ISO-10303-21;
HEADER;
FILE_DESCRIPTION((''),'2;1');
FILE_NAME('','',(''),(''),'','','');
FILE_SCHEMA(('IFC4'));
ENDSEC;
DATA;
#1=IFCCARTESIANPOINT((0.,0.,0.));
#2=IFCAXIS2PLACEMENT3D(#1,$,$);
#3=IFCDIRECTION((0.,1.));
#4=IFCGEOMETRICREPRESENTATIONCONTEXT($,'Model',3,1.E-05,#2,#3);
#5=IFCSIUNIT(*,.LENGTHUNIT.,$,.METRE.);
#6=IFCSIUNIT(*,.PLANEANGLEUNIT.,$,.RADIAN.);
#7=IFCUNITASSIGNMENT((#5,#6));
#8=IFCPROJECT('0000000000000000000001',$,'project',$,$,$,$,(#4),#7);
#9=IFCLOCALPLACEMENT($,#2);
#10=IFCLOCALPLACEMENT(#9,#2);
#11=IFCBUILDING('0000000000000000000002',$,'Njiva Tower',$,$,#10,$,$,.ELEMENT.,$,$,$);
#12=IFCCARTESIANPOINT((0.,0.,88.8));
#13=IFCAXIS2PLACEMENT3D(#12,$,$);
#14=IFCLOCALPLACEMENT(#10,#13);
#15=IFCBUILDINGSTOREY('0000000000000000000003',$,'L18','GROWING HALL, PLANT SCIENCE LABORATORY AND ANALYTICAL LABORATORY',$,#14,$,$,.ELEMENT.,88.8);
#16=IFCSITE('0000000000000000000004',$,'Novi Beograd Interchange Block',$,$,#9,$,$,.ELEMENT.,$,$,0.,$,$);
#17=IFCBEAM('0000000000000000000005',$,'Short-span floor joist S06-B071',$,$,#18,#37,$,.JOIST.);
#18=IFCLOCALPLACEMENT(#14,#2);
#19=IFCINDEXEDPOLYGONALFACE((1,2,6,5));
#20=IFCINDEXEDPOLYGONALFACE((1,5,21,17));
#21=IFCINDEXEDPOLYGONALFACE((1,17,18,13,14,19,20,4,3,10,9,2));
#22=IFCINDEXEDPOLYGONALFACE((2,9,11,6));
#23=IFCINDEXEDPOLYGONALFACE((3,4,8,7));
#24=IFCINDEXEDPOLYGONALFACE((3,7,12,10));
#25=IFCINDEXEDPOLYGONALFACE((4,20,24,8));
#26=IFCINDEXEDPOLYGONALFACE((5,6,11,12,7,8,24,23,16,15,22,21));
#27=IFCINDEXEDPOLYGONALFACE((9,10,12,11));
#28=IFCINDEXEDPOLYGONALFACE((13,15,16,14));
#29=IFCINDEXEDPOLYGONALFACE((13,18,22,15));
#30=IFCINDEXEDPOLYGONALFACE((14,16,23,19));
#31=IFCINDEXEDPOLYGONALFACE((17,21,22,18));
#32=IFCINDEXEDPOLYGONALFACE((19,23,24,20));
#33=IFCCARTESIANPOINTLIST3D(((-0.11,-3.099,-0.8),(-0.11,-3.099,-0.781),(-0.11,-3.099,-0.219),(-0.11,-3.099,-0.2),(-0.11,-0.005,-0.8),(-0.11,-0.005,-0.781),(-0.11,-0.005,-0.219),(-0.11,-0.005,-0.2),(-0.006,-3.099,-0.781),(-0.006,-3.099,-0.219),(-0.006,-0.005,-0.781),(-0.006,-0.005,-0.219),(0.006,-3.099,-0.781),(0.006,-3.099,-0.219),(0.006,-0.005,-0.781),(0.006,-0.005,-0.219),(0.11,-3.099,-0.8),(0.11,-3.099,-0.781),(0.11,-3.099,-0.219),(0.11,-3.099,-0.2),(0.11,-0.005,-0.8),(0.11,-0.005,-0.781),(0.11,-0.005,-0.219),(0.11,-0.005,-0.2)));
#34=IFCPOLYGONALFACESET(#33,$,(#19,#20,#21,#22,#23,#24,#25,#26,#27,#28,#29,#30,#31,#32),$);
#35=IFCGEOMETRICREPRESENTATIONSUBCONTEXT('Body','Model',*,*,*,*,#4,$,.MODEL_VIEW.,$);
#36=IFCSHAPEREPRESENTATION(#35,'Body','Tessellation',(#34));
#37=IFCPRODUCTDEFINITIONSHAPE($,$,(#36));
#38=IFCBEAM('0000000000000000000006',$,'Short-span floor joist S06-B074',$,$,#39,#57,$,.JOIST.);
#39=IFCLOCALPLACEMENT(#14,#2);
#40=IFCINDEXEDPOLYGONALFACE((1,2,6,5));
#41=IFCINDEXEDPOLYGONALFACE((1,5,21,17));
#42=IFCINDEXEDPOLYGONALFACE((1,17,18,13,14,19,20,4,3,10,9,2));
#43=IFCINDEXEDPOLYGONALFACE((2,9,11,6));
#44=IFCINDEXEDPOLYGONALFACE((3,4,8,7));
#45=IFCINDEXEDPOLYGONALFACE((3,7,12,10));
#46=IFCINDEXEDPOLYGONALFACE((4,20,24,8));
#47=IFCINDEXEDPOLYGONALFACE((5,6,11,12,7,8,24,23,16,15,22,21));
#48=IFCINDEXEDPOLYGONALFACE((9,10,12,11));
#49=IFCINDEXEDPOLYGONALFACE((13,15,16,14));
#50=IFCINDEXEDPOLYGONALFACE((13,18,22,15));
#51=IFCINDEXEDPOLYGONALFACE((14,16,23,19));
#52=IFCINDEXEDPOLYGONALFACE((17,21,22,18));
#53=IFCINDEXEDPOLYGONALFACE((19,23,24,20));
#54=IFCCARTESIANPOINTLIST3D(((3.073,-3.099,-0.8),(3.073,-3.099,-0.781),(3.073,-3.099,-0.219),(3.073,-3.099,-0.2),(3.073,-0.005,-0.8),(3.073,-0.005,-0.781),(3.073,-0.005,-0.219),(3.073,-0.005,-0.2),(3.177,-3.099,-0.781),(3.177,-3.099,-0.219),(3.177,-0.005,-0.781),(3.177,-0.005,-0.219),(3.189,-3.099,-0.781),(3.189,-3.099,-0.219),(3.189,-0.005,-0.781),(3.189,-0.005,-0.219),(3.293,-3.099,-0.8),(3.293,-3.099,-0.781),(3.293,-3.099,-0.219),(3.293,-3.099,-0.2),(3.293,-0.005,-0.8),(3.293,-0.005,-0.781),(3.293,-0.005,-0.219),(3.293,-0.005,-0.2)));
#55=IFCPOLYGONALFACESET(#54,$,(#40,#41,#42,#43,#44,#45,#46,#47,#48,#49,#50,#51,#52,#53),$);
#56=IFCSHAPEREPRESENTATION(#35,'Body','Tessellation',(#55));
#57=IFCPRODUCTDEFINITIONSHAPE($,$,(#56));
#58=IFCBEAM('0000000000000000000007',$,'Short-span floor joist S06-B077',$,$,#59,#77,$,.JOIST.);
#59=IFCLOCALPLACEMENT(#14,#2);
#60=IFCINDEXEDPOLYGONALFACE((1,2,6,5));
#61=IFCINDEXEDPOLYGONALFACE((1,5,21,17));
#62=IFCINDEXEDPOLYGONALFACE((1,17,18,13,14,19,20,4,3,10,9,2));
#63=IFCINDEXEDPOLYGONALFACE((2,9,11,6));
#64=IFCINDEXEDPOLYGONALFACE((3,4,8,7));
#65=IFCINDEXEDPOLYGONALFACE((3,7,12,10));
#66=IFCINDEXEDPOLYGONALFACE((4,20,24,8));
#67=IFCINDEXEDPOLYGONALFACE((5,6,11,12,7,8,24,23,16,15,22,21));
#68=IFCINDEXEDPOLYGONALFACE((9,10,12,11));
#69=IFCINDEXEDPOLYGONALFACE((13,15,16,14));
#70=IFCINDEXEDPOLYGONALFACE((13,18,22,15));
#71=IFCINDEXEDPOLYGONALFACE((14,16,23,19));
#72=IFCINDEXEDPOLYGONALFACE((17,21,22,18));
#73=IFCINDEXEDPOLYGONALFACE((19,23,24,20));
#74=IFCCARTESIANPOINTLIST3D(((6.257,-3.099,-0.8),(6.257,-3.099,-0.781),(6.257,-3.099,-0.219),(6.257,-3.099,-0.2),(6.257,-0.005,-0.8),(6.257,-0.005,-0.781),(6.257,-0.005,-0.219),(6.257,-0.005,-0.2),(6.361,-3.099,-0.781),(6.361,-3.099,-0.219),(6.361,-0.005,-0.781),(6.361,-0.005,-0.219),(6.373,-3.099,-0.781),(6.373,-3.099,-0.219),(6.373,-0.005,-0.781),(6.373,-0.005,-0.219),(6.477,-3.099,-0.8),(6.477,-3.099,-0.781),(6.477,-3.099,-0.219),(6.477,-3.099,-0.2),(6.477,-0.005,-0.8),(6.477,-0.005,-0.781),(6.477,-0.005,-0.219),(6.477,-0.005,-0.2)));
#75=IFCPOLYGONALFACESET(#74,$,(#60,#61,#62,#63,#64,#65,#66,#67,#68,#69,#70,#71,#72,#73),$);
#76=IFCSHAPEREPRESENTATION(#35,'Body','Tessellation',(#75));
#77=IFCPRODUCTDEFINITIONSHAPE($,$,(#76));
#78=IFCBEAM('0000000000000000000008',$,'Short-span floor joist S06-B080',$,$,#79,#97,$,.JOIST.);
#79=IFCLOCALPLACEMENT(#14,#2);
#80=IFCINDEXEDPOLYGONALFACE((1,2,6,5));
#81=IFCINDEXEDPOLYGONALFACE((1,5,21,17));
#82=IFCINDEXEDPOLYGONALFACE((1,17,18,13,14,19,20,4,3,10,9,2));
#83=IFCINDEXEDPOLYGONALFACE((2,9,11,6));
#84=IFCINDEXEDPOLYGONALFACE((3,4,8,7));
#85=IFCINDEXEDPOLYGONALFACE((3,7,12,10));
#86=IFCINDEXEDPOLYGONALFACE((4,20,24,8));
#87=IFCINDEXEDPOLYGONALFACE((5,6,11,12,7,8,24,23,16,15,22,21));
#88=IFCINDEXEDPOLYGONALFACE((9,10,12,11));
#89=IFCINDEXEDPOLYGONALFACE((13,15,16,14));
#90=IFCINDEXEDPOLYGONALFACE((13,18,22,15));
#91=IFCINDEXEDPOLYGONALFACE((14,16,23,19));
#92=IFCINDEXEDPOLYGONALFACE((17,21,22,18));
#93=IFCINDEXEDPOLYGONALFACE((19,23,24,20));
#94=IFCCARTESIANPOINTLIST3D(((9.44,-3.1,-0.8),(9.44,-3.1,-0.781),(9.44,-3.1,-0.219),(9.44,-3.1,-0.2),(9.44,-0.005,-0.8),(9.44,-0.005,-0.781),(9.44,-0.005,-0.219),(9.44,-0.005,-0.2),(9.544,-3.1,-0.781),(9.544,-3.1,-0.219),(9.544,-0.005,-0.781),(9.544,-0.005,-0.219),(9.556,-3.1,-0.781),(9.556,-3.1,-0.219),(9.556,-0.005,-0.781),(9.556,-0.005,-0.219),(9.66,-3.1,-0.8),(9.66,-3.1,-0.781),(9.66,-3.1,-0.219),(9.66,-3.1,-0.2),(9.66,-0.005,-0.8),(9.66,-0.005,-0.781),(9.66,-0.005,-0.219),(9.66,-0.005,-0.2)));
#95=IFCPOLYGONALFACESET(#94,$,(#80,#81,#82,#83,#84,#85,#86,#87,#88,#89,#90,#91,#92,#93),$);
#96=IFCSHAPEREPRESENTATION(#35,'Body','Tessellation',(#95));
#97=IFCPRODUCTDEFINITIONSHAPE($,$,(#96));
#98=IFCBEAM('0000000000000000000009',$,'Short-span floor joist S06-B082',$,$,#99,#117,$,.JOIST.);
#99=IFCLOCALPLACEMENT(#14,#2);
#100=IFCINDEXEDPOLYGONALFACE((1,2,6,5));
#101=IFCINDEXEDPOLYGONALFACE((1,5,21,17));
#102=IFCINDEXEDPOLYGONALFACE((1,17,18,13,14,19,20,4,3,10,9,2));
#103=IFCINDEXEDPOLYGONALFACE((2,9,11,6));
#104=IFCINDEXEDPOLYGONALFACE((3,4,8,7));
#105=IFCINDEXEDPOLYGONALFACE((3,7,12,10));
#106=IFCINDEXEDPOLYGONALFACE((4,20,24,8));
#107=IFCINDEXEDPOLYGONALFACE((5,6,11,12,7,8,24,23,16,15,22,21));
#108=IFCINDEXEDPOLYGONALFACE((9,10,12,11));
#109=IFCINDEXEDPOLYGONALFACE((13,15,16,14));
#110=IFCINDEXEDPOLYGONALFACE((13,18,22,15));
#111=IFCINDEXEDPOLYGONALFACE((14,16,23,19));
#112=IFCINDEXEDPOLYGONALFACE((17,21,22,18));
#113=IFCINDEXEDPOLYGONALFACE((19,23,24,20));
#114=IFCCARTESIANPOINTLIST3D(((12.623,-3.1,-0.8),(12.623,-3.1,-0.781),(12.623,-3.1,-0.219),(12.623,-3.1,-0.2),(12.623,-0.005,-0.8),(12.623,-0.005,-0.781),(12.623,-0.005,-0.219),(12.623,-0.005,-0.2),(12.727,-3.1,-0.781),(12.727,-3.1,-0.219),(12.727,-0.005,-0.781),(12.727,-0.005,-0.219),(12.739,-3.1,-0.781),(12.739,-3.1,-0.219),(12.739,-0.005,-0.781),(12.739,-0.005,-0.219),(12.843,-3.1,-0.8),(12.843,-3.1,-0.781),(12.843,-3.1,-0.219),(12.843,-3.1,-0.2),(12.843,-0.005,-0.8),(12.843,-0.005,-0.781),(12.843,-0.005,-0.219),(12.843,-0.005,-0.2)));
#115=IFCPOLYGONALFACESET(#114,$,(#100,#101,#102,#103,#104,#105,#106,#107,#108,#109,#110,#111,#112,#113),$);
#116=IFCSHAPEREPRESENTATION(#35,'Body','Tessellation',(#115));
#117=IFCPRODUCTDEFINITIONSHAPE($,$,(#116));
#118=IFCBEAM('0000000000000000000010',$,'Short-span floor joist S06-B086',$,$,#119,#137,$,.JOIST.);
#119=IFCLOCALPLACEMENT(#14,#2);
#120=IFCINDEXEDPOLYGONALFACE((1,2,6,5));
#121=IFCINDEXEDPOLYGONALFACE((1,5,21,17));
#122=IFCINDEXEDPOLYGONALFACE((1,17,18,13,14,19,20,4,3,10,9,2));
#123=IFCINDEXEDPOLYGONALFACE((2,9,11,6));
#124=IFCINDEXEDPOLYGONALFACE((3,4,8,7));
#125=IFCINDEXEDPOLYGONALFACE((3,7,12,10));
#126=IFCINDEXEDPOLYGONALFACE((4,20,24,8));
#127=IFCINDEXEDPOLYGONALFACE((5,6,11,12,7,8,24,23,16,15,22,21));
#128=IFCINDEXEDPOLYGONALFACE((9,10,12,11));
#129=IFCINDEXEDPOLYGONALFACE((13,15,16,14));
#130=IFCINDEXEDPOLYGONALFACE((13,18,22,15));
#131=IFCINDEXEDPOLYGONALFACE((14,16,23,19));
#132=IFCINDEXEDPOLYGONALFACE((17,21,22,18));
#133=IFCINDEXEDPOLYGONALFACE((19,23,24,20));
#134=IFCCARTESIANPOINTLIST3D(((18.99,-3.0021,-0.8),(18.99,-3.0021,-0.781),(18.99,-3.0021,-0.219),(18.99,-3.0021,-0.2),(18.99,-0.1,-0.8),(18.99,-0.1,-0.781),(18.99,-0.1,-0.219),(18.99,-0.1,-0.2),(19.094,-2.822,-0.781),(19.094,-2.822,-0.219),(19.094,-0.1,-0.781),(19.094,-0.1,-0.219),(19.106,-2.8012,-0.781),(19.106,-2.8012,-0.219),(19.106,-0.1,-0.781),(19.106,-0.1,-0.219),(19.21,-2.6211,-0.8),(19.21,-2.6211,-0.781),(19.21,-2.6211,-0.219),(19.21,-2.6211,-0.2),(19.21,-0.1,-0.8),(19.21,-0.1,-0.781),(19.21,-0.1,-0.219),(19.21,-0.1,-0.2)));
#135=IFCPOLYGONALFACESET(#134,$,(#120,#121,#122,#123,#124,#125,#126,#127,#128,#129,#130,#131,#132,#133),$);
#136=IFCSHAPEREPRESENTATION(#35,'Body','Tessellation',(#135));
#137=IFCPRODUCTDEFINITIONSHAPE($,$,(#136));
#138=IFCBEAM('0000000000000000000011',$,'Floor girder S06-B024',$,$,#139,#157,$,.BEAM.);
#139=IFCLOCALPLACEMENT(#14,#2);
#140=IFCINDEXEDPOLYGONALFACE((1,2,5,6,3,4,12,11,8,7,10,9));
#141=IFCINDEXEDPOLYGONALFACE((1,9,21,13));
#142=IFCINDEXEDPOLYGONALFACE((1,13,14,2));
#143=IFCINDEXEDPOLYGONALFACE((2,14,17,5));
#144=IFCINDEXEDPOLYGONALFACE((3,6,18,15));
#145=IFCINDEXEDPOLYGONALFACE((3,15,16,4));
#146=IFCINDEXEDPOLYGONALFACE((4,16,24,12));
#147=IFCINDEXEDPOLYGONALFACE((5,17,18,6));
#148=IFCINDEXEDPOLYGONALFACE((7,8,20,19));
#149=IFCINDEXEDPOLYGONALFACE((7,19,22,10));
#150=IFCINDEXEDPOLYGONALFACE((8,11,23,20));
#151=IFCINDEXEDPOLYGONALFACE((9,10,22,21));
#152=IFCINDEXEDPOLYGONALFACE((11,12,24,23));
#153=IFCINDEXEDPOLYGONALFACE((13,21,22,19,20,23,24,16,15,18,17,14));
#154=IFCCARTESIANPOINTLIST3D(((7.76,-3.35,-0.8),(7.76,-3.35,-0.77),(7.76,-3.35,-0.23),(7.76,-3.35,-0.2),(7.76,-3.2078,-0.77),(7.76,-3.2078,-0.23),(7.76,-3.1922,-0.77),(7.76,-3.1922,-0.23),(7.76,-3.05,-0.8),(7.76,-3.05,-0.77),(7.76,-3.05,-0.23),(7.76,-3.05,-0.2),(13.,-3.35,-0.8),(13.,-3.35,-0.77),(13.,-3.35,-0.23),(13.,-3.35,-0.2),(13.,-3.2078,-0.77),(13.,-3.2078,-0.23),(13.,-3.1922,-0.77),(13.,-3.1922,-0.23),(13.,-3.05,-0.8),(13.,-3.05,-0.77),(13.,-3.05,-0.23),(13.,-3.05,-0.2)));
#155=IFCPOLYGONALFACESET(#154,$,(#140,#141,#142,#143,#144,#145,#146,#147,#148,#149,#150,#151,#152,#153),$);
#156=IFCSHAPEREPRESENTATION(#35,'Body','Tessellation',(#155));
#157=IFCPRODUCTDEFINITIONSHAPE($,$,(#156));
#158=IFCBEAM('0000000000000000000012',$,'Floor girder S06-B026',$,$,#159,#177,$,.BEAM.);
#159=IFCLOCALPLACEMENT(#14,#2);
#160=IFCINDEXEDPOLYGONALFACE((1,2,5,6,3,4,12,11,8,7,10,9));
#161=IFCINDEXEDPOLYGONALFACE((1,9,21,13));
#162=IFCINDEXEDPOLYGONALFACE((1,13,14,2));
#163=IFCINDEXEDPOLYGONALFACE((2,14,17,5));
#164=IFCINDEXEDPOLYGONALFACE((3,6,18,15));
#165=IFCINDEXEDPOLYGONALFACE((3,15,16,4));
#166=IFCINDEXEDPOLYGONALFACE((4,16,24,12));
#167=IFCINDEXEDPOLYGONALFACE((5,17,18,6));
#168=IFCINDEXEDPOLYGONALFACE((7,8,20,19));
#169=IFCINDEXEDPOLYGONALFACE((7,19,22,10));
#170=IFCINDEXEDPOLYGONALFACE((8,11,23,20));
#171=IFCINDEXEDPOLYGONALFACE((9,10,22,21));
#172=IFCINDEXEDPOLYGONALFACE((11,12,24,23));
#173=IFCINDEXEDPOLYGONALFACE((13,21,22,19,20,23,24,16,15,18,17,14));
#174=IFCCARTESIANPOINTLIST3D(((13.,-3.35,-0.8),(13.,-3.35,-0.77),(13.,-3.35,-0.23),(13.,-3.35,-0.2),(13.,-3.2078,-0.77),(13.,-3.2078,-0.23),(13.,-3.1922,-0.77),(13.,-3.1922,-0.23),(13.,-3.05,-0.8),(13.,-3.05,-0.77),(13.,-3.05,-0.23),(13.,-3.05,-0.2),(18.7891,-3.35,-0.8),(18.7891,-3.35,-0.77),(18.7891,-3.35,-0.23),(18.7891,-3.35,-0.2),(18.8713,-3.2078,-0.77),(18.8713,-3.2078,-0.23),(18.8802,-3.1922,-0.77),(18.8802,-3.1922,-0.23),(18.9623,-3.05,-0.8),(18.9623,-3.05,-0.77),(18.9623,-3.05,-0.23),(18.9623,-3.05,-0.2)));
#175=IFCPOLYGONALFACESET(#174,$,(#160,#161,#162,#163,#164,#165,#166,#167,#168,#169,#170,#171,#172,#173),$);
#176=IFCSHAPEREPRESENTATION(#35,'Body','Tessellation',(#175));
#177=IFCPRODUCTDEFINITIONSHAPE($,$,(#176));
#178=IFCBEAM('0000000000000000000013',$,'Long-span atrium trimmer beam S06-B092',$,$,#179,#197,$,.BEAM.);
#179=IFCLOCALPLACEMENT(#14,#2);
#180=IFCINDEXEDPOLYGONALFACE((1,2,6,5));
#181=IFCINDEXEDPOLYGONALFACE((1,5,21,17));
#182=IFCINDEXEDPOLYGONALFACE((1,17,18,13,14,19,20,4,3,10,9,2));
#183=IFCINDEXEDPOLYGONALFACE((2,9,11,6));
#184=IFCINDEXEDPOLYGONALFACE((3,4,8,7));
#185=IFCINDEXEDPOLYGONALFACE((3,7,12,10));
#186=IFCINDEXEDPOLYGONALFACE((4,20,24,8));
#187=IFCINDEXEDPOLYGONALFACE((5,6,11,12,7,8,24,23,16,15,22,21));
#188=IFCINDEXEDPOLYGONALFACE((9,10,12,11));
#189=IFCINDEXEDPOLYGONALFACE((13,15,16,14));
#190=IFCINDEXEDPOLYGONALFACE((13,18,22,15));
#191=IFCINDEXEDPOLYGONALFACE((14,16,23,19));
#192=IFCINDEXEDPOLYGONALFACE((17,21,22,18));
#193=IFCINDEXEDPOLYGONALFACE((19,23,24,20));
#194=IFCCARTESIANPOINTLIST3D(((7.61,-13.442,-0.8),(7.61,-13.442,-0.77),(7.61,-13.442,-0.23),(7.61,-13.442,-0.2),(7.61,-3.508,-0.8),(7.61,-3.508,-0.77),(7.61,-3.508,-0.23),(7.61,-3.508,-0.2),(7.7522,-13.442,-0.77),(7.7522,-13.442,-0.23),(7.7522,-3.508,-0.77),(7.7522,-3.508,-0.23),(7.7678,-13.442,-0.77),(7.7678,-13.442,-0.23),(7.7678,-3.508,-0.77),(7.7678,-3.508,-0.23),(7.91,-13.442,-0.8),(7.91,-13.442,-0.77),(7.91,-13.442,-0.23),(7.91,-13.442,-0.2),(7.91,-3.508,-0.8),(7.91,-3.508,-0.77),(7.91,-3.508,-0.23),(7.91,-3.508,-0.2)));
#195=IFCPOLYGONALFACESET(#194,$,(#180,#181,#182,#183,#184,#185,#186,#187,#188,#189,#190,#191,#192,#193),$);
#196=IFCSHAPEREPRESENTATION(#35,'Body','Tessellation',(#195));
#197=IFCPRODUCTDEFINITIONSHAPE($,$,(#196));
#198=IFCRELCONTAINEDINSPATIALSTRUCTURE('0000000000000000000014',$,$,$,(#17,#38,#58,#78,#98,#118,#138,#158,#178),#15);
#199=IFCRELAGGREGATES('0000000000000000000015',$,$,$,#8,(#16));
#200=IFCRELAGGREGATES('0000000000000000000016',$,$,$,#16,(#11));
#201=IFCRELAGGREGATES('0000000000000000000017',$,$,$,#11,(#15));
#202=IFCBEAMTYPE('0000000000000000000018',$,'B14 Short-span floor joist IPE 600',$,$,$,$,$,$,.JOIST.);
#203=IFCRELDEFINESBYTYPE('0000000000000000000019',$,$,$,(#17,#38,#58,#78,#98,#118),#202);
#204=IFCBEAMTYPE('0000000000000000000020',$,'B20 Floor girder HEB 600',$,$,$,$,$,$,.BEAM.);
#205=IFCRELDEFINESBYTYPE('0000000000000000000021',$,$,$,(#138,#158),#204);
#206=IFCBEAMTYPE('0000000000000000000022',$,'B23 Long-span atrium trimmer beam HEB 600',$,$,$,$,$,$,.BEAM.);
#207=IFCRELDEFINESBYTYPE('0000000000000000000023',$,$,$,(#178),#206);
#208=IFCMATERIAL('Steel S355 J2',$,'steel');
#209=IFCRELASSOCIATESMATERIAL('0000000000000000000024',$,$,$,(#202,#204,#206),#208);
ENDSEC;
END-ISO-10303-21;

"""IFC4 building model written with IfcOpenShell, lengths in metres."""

from ifc_helpers import new_model, si_unit, direction, frame, origin, origin_2d, place, context, subcontext, project, spatial, i_section, extrude, clip, halfspace, material, material_profile, profile_set, type_object, element, save


model = new_model("IFC4")

# Units and contexts
model_context = context("Model", 3, precision=1e-05, world=origin(), true_north=direction((0.0, 1.0)))
body_context = subcontext(model_context, "Body", "Model", "MODEL_VIEW")
ifc_project = project(units=[si_unit("LENGTHUNIT", "METRE"), si_unit("PLANEANGLEUNIT", "RADIAN")], contexts=[model_context])

# Site, building, storey
site_placement = place(None, origin())
site = spatial("IfcSite", under=ifc_project, at=site_placement, Name="Novi Beograd Interchange Block", CompositionType="ELEMENT", RefElevation=0.0)
building_placement = place(site_placement, origin())
building = spatial("IfcBuilding", under=site, at=building_placement, Name="Njiva Tower", CompositionType="ELEMENT")
storey_placement = place(building_placement, frame((0.0, 0.0, 88.8)))
storey = spatial("IfcBuildingStorey", under=building, at=storey_placement, Name="L18", Description="GROWING HALL, PLANT SCIENCE LABORATORY AND ANALYTICAL LABORATORY", CompositionType="ELEMENT", Elevation=88.8)

# Shared definitions
ifc_material_1 = material(Name="Steel S355 J2", Category="steel")

# Beams
ifc_material_profile_1 = material_profile(ifc_material_1, i_section(OverallWidth=0.22, OverallDepth=0.6, WebThickness=0.012, FlangeThickness=0.019, at=origin_2d()), Name="IPE 600")
ifc_profile_set_1 = profile_set([ifc_material_profile_1], Name="Steel S355 J2")
beam_type_1 = type_object("IfcBeamType", Name="B14 Short-span floor joist IPE 600", PredefinedType="JOIST", material=ifc_profile_set_1)
for number, where, z_axis, x_axis, name in (
    (1, (0.0, -0.005, -0.5), (0.0, -1.0, 0.0), (1.0, 0.0, 0.0), "Short-span floor joist S06-B071"),
    (2, (3.183, -0.005, -0.5), (0.0, -1.0, 0.0), (1.0, 0.0, 0.0), "Short-span floor joist S06-B074"),
    (3, (6.367, -0.005, -0.5), (0.0, -1.0, 0.0), (1.0, 0.0, 0.0), "Short-span floor joist S06-B077"),
):
    element("IfcBeam", number, at=place(storey_placement, frame(where, z_axis=z_axis, x_axis=x_axis)), inside=storey, type_object=beam_type_1, Name=name, PredefinedType="JOIST", context=body_context, shape_type="SweptSolid", body=[
        extrude(i_section(OverallWidth=0.22, OverallDepth=0.6, WebThickness=0.012, FlangeThickness=0.019, at=origin_2d()), origin(), (0.0, 0.0, 1.0), 3.094),
    ])
for number, where, z_axis, x_axis, name in (
    (4, (9.55, -0.005, -0.5), (0.0, -1.0, 0.0), (1.0, 0.0, 0.0), "Short-span floor joist S06-B080"),
    (5, (12.733, -0.005, -0.5), (0.0, -1.0, 0.0), (1.0, 0.0, 0.0), "Short-span floor joist S06-B082"),
):
    element("IfcBeam", number, at=place(storey_placement, frame(where, z_axis=z_axis, x_axis=x_axis)), inside=storey, type_object=beam_type_1, Name=name, PredefinedType="JOIST", context=body_context, shape_type="SweptSolid", body=[
        extrude(i_section(OverallWidth=0.22, OverallDepth=0.6, WebThickness=0.012, FlangeThickness=0.019, at=origin_2d()), origin(), (0.0, 0.0, 1.0), 3.095),
    ])
beam_1_placement = place(storey_placement, frame((19.1, -0.1, -0.5), z_axis=(0.0, -1.0, 0.0), x_axis=(1.0, 0.0, 0.0)))
element("IfcBeam", 6, at=beam_1_placement, inside=storey, type_object=beam_type_1, Name="Short-span floor joist S06-B086", PredefinedType="JOIST", context=body_context, shape_type="Clipping", body=[
    clip(extrude(i_section(OverallWidth=0.22, OverallDepth=0.6, WebThickness=0.012, FlangeThickness=0.019, at=origin_2d()), origin(), (0.0, 0.0, 1.0), 2.923), halfspace(frame((0.0433, 0.0, 2.6366), z_axis=(0.866027, 0.0, 0.499998), x_axis=(0.0, 1.0, 0.0)), False)),
])
ifc_material_profile_2 = material_profile(ifc_material_1, i_section(OverallWidth=0.3, OverallDepth=0.6, WebThickness=0.0155, FlangeThickness=0.03, at=origin_2d()), Name="HEB 600")
ifc_profile_set_2 = profile_set([ifc_material_profile_2], Name="Steel S355 J2")
beam_type_2 = type_object("IfcBeamType", Name="B20 Floor girder HEB 600", PredefinedType="BEAM", material=ifc_profile_set_2)
beam_2_placement = place(storey_placement, frame((7.76, -3.2, -0.5), z_axis=(1.0, 0.0, 0.0), x_axis=(0.0, 1.0, 0.0)))
element("IfcBeam", 7, at=beam_2_placement, inside=storey, type_object=beam_type_2, Name="Floor girder S06-B024", PredefinedType="BEAM", context=body_context, shape_type="SweptSolid", body=[
    extrude(i_section(OverallWidth=0.3, OverallDepth=0.6, WebThickness=0.0155, FlangeThickness=0.03, at=origin_2d()), origin(), (0.0, 0.0, 1.0), 5.24),
])
beam_3_placement = place(storey_placement, frame((13.0, -3.2, -0.5), z_axis=(1.0, 0.0, 0.0), x_axis=(0.0, 1.0, 0.0)))
element("IfcBeam", 8, at=beam_3_placement, inside=storey, type_object=beam_type_2, Name="Floor girder S06-B026", PredefinedType="BEAM", context=body_context, shape_type="Clipping", body=[
    clip(extrude(i_section(OverallWidth=0.3, OverallDepth=0.6, WebThickness=0.0155, FlangeThickness=0.03, at=origin_2d()), origin(), (0.0, 0.0, 1.0), 5.983), halfspace(frame((-0.025, 0.0, 5.8613), z_axis=(-0.499998, 0.0, 0.866027), x_axis=(0.0, 1.0, 0.0)), False)),
])
ifc_material_profile_3 = material_profile(ifc_material_1, i_section(OverallWidth=0.3, OverallDepth=0.6, WebThickness=0.0155, FlangeThickness=0.03, at=origin_2d()), Name="HEB 600")
ifc_profile_set_3 = profile_set([ifc_material_profile_3], Name="Steel S355 J2")
beam_type_3 = type_object("IfcBeamType", Name="B23 Long-span atrium trimmer beam HEB 600", PredefinedType="BEAM", material=ifc_profile_set_3)
beam_4_placement = place(storey_placement, frame((7.76, -13.442, -0.5), z_axis=(0.0, 1.0, 0.0), x_axis=(-1.0, 0.0, 0.0)))
element("IfcBeam", 9, at=beam_4_placement, inside=storey, type_object=beam_type_3, Name="Long-span atrium trimmer beam S06-B092", PredefinedType="BEAM", context=body_context, shape_type="SweptSolid", body=[
    extrude(i_section(OverallWidth=0.3, OverallDepth=0.6, WebThickness=0.0155, FlangeThickness=0.03, at=origin_2d()), origin(), (0.0, 0.0, 1.0), 9.934),
])

save(model, "model.ifc")
